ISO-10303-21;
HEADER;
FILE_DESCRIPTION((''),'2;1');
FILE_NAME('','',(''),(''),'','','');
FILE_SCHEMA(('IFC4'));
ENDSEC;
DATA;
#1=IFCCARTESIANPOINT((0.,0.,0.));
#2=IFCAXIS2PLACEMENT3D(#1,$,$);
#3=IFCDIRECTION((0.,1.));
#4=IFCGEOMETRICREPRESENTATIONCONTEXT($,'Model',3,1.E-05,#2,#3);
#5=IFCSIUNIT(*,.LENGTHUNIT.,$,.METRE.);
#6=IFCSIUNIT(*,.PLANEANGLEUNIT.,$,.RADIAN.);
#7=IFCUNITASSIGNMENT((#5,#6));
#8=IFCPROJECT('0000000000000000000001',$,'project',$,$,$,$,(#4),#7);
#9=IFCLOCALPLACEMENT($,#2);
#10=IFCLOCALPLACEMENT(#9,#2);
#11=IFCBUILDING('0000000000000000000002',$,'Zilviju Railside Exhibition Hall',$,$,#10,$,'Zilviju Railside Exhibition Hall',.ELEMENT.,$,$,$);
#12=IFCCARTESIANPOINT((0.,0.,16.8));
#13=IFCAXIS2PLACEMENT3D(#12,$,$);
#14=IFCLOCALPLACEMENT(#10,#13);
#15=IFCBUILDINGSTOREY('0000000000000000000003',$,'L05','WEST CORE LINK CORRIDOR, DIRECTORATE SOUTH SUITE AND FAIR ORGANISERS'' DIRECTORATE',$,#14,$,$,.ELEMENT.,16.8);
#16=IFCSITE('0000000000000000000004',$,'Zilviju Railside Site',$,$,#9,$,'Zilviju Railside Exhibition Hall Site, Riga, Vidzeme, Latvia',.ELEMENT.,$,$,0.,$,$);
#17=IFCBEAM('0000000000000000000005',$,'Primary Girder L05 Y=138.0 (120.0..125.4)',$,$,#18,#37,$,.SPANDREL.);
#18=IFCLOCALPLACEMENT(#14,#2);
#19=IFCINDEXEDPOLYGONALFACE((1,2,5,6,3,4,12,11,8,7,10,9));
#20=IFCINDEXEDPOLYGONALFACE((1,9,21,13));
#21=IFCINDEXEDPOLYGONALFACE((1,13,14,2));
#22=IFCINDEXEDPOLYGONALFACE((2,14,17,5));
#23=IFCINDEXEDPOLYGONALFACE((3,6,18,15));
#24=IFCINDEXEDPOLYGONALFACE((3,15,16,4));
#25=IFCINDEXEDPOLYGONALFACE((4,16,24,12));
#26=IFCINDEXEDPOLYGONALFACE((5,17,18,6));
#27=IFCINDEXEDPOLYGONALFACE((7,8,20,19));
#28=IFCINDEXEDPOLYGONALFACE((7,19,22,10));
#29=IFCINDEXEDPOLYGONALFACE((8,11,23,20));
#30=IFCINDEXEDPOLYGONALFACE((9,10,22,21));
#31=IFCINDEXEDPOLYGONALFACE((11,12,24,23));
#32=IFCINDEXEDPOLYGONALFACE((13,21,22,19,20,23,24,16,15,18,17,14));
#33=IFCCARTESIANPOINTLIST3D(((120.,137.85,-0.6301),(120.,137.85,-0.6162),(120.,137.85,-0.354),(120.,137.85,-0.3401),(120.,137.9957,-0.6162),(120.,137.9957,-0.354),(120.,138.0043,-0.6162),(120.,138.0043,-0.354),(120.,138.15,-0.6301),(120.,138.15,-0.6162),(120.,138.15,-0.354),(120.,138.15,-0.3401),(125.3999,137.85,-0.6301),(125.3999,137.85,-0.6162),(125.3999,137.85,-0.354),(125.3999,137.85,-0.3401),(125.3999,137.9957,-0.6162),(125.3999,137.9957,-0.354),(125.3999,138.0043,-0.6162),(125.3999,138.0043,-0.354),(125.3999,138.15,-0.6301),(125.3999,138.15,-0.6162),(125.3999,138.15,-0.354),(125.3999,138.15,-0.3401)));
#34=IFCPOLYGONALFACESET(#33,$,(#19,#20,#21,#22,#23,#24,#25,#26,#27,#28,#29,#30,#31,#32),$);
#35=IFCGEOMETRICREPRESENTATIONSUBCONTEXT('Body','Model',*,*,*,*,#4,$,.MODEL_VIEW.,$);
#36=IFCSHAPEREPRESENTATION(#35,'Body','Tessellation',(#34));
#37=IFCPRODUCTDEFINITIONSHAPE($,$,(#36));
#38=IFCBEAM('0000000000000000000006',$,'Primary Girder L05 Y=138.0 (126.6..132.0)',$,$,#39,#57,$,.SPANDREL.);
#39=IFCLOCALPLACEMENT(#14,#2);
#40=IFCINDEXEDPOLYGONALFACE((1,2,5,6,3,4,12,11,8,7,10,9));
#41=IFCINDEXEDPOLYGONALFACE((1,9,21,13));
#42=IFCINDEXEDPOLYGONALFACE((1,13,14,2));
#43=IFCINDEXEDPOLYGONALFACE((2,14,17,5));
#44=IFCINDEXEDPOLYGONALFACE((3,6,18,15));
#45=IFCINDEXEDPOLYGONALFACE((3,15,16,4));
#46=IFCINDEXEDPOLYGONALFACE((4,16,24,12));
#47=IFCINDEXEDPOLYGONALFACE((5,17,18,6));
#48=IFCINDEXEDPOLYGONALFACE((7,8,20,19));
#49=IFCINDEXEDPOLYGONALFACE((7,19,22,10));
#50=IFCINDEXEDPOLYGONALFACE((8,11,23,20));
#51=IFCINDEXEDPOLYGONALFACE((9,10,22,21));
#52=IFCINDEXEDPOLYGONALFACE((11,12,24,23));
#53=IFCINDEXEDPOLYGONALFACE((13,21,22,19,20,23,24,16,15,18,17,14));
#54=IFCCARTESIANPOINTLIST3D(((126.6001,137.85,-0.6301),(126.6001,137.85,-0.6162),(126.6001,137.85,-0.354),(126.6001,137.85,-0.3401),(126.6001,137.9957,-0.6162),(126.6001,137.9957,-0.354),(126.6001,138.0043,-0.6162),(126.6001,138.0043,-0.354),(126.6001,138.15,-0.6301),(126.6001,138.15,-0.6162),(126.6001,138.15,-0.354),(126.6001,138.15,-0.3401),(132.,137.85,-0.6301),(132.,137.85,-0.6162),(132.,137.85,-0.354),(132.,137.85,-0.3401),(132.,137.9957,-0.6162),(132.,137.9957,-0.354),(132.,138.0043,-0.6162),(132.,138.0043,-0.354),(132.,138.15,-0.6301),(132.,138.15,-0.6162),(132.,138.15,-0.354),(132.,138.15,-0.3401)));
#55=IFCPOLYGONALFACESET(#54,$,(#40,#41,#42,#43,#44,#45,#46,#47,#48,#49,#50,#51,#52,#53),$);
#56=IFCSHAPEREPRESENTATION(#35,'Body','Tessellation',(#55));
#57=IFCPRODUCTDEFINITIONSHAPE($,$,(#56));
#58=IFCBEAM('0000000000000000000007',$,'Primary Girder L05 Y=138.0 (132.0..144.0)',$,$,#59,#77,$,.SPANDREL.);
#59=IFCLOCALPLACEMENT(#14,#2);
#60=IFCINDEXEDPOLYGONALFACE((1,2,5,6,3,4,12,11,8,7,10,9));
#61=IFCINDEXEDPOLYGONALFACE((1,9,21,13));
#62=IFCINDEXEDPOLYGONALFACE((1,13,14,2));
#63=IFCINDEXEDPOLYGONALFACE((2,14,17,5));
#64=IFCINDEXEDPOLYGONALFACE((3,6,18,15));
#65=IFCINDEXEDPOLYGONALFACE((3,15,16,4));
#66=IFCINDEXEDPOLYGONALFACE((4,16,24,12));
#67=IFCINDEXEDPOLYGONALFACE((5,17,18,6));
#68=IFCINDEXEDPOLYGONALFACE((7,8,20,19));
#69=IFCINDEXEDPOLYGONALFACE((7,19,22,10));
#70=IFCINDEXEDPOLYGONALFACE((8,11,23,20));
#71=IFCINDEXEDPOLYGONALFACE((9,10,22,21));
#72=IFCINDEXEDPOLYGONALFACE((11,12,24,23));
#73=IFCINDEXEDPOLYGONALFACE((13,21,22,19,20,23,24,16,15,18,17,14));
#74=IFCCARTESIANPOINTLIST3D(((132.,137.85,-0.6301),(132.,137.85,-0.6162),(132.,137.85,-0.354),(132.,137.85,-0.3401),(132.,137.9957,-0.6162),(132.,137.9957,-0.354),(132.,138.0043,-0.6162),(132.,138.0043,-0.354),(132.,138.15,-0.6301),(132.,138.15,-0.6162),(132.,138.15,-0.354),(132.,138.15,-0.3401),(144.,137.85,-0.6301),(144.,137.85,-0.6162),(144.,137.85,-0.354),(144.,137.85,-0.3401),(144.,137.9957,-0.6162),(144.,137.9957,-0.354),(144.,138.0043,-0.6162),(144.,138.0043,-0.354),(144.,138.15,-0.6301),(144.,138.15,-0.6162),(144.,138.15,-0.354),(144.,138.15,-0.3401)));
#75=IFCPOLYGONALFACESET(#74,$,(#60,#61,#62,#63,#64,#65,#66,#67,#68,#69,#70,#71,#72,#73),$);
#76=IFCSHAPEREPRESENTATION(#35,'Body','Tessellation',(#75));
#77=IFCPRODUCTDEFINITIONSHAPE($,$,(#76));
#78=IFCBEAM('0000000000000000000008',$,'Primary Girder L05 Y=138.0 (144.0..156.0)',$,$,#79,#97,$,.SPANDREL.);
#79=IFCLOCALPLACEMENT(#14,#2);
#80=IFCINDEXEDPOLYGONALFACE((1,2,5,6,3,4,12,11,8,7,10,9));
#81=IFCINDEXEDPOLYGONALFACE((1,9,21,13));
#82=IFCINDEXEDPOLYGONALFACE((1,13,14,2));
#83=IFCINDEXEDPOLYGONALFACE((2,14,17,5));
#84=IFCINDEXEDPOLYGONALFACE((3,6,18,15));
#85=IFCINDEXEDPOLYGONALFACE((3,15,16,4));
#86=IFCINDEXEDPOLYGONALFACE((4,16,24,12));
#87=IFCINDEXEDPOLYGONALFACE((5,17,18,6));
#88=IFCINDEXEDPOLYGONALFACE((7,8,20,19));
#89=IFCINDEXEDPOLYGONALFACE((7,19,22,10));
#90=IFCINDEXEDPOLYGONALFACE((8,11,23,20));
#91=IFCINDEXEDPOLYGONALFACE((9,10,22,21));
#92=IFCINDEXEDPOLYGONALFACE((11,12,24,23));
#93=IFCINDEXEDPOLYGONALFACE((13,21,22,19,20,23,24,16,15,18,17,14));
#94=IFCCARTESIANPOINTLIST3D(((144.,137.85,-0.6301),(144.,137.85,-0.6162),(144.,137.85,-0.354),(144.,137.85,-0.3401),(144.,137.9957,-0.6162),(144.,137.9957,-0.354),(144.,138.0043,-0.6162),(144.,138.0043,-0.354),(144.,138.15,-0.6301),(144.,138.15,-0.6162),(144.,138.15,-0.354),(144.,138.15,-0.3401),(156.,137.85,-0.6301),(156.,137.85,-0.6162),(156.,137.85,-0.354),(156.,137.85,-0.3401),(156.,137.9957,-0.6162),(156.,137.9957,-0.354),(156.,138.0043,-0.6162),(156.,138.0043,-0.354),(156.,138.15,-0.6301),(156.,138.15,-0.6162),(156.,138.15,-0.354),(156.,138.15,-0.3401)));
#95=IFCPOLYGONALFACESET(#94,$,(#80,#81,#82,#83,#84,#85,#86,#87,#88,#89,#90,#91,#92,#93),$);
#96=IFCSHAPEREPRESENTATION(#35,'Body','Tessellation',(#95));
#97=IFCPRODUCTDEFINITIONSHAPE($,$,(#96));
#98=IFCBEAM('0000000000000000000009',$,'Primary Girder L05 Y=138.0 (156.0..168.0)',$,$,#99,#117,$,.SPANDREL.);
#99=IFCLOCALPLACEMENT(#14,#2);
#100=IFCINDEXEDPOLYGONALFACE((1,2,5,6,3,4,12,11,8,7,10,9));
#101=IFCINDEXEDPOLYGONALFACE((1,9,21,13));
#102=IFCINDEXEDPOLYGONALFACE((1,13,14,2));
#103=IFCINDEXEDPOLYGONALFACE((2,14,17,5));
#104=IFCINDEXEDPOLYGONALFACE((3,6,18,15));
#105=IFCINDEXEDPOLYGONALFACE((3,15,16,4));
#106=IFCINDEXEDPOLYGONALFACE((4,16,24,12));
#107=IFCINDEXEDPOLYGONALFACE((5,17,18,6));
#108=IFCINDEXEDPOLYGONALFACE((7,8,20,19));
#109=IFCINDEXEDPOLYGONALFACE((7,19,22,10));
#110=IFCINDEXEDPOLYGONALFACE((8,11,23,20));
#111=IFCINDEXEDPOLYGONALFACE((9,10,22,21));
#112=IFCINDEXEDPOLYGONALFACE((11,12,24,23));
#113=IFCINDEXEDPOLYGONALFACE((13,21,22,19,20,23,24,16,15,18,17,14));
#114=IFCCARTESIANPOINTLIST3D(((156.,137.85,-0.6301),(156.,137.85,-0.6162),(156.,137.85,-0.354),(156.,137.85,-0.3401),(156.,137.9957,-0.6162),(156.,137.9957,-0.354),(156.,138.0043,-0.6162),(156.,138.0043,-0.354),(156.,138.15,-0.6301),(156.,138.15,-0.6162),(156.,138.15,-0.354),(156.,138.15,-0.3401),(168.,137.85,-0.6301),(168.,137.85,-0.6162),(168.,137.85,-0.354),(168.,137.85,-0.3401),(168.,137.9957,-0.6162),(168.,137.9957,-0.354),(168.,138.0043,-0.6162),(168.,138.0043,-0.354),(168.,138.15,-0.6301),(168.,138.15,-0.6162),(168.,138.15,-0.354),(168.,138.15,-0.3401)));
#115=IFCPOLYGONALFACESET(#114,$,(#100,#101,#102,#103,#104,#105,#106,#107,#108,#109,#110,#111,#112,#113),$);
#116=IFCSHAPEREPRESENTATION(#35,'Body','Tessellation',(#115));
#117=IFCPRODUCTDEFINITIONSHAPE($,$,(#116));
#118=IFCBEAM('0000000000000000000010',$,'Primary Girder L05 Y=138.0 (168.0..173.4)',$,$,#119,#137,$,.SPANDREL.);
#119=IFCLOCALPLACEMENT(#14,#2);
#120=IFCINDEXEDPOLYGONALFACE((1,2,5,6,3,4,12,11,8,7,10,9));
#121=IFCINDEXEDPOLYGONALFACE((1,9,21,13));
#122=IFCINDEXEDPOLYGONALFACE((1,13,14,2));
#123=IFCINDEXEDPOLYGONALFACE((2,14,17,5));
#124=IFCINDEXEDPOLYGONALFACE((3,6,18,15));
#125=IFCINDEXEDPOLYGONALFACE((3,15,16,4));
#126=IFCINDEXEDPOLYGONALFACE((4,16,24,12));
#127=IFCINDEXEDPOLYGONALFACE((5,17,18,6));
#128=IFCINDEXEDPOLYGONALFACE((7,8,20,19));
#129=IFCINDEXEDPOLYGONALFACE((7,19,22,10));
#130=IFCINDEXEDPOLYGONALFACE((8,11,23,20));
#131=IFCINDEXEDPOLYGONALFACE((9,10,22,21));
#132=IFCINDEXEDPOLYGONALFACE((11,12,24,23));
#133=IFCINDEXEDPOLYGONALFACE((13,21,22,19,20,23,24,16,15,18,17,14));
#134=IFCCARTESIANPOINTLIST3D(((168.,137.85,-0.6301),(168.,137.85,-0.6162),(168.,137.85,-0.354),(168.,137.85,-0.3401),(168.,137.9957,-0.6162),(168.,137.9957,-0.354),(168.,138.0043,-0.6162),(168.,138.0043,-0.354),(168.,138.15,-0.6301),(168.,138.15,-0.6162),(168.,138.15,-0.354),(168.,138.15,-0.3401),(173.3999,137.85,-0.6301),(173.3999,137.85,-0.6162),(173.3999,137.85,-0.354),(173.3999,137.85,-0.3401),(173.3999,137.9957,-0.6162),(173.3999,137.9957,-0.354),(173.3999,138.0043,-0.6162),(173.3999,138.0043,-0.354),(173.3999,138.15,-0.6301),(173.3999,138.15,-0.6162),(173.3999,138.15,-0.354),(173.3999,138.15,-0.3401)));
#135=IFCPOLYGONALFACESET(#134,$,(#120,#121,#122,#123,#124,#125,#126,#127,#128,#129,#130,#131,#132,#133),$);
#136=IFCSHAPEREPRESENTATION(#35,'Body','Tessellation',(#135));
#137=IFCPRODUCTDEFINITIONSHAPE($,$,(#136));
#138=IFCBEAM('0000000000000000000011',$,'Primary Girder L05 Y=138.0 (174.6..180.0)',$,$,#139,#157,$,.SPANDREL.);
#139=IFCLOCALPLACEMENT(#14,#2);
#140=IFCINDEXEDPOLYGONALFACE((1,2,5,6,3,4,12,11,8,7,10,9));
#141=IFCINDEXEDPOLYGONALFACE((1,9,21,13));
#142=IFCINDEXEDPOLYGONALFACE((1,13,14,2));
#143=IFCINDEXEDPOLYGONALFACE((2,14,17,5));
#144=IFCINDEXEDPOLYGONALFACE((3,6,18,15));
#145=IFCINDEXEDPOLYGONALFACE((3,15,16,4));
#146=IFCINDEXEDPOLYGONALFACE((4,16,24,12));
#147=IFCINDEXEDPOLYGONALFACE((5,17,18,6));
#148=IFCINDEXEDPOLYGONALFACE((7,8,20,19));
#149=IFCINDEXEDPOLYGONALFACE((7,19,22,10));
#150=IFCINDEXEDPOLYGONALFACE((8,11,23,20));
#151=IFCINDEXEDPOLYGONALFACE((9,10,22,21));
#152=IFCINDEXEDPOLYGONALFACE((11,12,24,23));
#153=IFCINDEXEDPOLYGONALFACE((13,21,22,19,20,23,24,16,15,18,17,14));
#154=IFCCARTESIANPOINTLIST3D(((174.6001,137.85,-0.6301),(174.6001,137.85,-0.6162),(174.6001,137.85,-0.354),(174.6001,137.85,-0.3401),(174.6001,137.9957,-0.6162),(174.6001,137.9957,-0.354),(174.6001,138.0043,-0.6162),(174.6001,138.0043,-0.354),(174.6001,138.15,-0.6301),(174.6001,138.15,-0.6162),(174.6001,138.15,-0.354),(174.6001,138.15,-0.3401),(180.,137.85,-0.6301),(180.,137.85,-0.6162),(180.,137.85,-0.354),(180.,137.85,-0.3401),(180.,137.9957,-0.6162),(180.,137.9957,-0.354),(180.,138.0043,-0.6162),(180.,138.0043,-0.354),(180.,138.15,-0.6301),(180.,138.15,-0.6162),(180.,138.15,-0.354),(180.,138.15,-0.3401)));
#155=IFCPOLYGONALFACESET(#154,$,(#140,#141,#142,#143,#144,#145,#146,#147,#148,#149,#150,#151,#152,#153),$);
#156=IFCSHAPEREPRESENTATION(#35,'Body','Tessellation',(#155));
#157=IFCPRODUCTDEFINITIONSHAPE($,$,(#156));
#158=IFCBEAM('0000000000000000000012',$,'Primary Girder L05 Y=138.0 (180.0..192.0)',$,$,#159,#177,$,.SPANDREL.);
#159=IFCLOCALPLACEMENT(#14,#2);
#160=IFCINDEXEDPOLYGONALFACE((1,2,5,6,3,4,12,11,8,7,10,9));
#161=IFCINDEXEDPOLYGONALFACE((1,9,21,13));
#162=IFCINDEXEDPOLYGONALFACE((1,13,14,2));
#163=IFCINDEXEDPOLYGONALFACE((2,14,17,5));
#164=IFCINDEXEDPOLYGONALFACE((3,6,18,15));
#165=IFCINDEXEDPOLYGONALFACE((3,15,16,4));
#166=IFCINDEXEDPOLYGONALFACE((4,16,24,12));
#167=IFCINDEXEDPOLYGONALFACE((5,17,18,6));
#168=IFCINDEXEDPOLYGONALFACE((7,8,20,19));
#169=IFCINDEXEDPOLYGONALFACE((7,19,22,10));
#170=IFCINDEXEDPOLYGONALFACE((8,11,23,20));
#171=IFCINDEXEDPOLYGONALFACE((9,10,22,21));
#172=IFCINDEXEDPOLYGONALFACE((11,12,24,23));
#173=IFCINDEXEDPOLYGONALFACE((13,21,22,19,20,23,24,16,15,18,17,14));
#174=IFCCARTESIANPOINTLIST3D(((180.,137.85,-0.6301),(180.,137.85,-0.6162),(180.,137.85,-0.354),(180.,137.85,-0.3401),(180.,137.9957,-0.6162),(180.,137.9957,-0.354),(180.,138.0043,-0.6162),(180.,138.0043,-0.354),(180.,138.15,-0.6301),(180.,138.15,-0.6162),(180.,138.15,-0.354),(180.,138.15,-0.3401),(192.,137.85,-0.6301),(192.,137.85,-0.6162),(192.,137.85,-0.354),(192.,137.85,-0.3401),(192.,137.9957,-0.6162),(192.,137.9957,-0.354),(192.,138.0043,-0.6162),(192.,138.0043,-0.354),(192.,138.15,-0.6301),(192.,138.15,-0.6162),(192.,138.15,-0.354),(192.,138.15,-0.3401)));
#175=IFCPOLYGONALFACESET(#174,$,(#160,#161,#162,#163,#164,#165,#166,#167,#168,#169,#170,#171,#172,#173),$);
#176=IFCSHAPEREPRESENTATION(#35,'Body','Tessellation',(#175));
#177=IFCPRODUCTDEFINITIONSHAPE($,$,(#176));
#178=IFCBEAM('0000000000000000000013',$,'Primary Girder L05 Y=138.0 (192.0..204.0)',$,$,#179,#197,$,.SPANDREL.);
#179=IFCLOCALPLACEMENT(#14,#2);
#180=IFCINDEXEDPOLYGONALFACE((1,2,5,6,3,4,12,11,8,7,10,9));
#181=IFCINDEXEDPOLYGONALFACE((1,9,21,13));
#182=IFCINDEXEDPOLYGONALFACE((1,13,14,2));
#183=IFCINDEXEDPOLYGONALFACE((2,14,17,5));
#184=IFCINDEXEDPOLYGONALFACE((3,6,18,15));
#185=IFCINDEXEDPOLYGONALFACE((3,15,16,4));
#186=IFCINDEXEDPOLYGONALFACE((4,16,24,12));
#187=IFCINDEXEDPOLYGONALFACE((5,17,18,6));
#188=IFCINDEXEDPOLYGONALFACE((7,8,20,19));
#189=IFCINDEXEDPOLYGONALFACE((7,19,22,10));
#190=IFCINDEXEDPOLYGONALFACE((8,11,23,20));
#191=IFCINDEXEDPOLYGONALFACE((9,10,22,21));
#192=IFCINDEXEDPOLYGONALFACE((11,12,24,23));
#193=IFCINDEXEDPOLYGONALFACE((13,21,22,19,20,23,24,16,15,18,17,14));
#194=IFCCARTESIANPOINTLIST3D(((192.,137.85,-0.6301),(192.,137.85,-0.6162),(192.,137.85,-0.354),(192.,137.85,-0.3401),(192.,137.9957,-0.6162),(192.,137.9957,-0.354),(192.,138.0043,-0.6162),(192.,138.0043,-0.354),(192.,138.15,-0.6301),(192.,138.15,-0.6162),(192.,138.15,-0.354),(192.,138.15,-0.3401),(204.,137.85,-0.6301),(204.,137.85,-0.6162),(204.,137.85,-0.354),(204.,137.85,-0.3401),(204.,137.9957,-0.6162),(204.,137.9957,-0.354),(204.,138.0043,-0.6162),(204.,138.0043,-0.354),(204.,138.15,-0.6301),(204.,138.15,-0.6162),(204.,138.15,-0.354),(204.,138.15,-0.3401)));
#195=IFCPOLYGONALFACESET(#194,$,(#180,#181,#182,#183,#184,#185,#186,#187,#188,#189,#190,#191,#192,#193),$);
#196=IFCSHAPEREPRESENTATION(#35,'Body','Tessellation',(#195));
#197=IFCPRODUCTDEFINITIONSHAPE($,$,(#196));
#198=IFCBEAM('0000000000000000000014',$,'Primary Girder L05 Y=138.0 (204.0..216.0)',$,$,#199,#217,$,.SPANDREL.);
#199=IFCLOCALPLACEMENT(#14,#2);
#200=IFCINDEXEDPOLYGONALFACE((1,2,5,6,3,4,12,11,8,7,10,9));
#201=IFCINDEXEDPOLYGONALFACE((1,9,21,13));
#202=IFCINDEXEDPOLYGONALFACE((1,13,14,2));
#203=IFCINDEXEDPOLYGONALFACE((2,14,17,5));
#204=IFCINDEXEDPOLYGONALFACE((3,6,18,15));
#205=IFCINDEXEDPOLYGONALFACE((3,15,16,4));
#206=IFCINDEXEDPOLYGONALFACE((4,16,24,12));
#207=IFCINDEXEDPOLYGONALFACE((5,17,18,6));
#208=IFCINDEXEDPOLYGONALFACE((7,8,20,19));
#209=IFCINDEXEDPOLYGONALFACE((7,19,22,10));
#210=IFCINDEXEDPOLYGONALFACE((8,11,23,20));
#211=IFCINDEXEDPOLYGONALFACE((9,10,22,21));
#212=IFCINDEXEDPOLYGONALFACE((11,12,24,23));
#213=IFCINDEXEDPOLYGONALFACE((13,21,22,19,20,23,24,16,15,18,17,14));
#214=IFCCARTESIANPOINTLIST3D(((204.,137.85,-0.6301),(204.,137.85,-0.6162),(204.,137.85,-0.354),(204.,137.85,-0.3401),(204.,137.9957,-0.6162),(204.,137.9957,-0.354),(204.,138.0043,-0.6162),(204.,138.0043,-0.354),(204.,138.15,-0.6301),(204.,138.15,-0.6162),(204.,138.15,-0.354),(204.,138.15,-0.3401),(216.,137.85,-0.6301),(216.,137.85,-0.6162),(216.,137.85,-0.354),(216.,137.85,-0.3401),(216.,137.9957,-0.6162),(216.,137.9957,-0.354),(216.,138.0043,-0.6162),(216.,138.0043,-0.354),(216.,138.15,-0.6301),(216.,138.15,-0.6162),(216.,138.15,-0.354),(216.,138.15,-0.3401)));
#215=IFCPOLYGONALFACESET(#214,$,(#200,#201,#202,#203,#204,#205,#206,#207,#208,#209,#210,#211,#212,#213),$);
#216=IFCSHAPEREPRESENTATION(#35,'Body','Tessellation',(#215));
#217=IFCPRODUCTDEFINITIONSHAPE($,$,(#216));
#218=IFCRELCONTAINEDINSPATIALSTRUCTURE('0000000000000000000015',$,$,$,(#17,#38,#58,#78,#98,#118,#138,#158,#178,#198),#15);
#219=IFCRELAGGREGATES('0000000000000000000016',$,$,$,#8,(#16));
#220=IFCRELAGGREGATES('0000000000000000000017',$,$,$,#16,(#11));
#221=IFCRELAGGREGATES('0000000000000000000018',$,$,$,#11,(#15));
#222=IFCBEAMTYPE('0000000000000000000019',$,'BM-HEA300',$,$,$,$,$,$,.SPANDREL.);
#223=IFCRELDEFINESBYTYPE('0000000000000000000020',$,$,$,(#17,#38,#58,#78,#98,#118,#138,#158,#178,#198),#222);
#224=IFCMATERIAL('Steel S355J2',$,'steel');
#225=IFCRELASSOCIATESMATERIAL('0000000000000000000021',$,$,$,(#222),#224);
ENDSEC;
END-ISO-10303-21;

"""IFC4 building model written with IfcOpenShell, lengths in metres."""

from ifc_helpers import new_model, si_unit, direction, frame, origin, origin_2d, place, context, subcontext, project, spatial, i_section, extrude, material, material_profile, profile_set, type_object, element, save


model = new_model("IFC4")

# Units and contexts
model_context = context("Model", 3, precision=1e-05, world=origin(), true_north=direction((0.0, 1.0)))
body_context = subcontext(model_context, "Body", "Model", "MODEL_VIEW")
ifc_project = project(units=[si_unit("LENGTHUNIT", "METRE"), si_unit("PLANEANGLEUNIT", "RADIAN")], contexts=[model_context])

# Site, building, storey
site_placement = place(None, origin())
site = spatial("IfcSite", under=ifc_project, at=site_placement, Name="Zilviju Railside Site", LongName="Zilviju Railside Exhibition Hall Site, Riga, Vidzeme, Latvia", CompositionType="ELEMENT", RefElevation=0.0)
building_placement = place(site_placement, origin())
building = spatial("IfcBuilding", under=site, at=building_placement, Name="Zilviju Railside Exhibition Hall", LongName="Zilviju Railside Exhibition Hall", CompositionType="ELEMENT")
storey_placement = place(building_placement, frame((0.0, 0.0, 16.8)))
storey = spatial("IfcBuildingStorey", under=building, at=storey_placement, Name="L05", Description="WEST CORE LINK CORRIDOR, DIRECTORATE SOUTH SUITE AND FAIR ORGANISERS' DIRECTORATE", CompositionType="ELEMENT", Elevation=16.8)

# Beams
ifc_material = material(Name="Steel S355J2", Category="steel")
ifc_material_profile_1 = material_profile(ifc_material, i_section(OverallWidth=0.3, OverallDepth=0.29, WebThickness=0.0085, FlangeThickness=0.0139, at=origin_2d()), Name="HEA 300")
ifc_profile_set_1 = profile_set([ifc_material_profile_1], Name="Steel S355J2")
beam_type_1 = type_object("IfcBeamType", Name="BM-HEA300", PredefinedType="SPANDREL", material=ifc_profile_set_1)
for number, where, z_axis, x_axis, name in (
    (1, (120.0, 138.0, -0.4851), (1.0, 0.0, 0.0), (0.0, 1.0, 0.0), "Primary Girder L05 Y=138.0 (120.0..125.4)"),
    (2, (126.6001, 138.0, -0.4851), (1.0, 0.0, 0.0), (0.0, 1.0, 0.0), "Primary Girder L05 Y=138.0 (126.6..132.0)"),
):
    element("IfcBeam", number, at=place(storey_placement, frame(where, z_axis=z_axis, x_axis=x_axis)), inside=storey, type_object=beam_type_1, Name=name, PredefinedType="SPANDREL", context=body_context, shape_type="SweptSolid", body=[
        extrude(i_section(OverallWidth=0.3, OverallDepth=0.29, WebThickness=0.0085, FlangeThickness=0.0139, at=origin_2d()), origin(), (0.0, 0.0, 1.0), 5.3999),
    ])
for number, where, z_axis, x_axis, name in (
    (3, (132.0, 138.0, -0.4851), (1.0, 0.0, 0.0), (0.0, 1.0, 0.0), "Primary Girder L05 Y=138.0 (132.0..144.0)"),
    (4, (144.0, 138.0, -0.4851), (1.0, 0.0, 0.0), (0.0, 1.0, 0.0), "Primary Girder L05 Y=138.0 (144.0..156.0)"),
    (5, (156.0, 138.0, -0.4851), (1.0, 0.0, 0.0), (0.0, 1.0, 0.0), "Primary Girder L05 Y=138.0 (156.0..168.0)"),
):
    element("IfcBeam", number, at=place(storey_placement, frame(where, z_axis=z_axis, x_axis=x_axis)), inside=storey, type_object=beam_type_1, Name=name, PredefinedType="SPANDREL", context=body_context, shape_type="SweptSolid", body=[
        extrude(i_section(OverallWidth=0.3, OverallDepth=0.29, WebThickness=0.0085, FlangeThickness=0.0139, at=origin_2d()), origin(), (0.0, 0.0, 1.0), 12.0),
    ])
for number, where, z_axis, x_axis, name in (
    (6, (168.0, 138.0, -0.4851), (1.0, 0.0, 0.0), (0.0, 1.0, 0.0), "Primary Girder L05 Y=138.0 (168.0..173.4)"),
    (7, (174.6001, 138.0, -0.4851), (1.0, 0.0, 0.0), (0.0, 1.0, 0.0), "Primary Girder L05 Y=138.0 (174.6..180.0)"),
):
    element("IfcBeam", number, at=place(storey_placement, frame(where, z_axis=z_axis, x_axis=x_axis)), inside=storey, type_object=beam_type_1, Name=name, PredefinedType="SPANDREL", context=body_context, shape_type="SweptSolid", body=[
        extrude(i_section(OverallWidth=0.3, OverallDepth=0.29, WebThickness=0.0085, FlangeThickness=0.0139, at=origin_2d()), origin(), (0.0, 0.0, 1.0), 5.3999),
    ])
for number, where, z_axis, x_axis, name in (
    (8, (180.0, 138.0, -0.4851), (1.0, 0.0, 0.0), (0.0, 1.0, 0.0), "Primary Girder L05 Y=138.0 (180.0..192.0)"),
    (9, (192.0, 138.0, -0.4851), (1.0, 0.0, 0.0), (0.0, 1.0, 0.0), "Primary Girder L05 Y=138.0 (192.0..204.0)"),
    (10, (204.0, 138.0, -0.4851), (1.0, 0.0, 0.0), (0.0, 1.0, 0.0), "Primary Girder L05 Y=138.0 (204.0..216.0)"),
):
    element("IfcBeam", number, at=place(storey_placement, frame(where, z_axis=z_axis, x_axis=x_axis)), inside=storey, type_object=beam_type_1, Name=name, PredefinedType="SPANDREL", context=body_context, shape_type="SweptSolid", body=[
        extrude(i_section(OverallWidth=0.3, OverallDepth=0.29, WebThickness=0.0085, FlangeThickness=0.0139, at=origin_2d()), origin(), (0.0, 0.0, 1.0), 12.0),
    ])

save(model, "model.ifc")
